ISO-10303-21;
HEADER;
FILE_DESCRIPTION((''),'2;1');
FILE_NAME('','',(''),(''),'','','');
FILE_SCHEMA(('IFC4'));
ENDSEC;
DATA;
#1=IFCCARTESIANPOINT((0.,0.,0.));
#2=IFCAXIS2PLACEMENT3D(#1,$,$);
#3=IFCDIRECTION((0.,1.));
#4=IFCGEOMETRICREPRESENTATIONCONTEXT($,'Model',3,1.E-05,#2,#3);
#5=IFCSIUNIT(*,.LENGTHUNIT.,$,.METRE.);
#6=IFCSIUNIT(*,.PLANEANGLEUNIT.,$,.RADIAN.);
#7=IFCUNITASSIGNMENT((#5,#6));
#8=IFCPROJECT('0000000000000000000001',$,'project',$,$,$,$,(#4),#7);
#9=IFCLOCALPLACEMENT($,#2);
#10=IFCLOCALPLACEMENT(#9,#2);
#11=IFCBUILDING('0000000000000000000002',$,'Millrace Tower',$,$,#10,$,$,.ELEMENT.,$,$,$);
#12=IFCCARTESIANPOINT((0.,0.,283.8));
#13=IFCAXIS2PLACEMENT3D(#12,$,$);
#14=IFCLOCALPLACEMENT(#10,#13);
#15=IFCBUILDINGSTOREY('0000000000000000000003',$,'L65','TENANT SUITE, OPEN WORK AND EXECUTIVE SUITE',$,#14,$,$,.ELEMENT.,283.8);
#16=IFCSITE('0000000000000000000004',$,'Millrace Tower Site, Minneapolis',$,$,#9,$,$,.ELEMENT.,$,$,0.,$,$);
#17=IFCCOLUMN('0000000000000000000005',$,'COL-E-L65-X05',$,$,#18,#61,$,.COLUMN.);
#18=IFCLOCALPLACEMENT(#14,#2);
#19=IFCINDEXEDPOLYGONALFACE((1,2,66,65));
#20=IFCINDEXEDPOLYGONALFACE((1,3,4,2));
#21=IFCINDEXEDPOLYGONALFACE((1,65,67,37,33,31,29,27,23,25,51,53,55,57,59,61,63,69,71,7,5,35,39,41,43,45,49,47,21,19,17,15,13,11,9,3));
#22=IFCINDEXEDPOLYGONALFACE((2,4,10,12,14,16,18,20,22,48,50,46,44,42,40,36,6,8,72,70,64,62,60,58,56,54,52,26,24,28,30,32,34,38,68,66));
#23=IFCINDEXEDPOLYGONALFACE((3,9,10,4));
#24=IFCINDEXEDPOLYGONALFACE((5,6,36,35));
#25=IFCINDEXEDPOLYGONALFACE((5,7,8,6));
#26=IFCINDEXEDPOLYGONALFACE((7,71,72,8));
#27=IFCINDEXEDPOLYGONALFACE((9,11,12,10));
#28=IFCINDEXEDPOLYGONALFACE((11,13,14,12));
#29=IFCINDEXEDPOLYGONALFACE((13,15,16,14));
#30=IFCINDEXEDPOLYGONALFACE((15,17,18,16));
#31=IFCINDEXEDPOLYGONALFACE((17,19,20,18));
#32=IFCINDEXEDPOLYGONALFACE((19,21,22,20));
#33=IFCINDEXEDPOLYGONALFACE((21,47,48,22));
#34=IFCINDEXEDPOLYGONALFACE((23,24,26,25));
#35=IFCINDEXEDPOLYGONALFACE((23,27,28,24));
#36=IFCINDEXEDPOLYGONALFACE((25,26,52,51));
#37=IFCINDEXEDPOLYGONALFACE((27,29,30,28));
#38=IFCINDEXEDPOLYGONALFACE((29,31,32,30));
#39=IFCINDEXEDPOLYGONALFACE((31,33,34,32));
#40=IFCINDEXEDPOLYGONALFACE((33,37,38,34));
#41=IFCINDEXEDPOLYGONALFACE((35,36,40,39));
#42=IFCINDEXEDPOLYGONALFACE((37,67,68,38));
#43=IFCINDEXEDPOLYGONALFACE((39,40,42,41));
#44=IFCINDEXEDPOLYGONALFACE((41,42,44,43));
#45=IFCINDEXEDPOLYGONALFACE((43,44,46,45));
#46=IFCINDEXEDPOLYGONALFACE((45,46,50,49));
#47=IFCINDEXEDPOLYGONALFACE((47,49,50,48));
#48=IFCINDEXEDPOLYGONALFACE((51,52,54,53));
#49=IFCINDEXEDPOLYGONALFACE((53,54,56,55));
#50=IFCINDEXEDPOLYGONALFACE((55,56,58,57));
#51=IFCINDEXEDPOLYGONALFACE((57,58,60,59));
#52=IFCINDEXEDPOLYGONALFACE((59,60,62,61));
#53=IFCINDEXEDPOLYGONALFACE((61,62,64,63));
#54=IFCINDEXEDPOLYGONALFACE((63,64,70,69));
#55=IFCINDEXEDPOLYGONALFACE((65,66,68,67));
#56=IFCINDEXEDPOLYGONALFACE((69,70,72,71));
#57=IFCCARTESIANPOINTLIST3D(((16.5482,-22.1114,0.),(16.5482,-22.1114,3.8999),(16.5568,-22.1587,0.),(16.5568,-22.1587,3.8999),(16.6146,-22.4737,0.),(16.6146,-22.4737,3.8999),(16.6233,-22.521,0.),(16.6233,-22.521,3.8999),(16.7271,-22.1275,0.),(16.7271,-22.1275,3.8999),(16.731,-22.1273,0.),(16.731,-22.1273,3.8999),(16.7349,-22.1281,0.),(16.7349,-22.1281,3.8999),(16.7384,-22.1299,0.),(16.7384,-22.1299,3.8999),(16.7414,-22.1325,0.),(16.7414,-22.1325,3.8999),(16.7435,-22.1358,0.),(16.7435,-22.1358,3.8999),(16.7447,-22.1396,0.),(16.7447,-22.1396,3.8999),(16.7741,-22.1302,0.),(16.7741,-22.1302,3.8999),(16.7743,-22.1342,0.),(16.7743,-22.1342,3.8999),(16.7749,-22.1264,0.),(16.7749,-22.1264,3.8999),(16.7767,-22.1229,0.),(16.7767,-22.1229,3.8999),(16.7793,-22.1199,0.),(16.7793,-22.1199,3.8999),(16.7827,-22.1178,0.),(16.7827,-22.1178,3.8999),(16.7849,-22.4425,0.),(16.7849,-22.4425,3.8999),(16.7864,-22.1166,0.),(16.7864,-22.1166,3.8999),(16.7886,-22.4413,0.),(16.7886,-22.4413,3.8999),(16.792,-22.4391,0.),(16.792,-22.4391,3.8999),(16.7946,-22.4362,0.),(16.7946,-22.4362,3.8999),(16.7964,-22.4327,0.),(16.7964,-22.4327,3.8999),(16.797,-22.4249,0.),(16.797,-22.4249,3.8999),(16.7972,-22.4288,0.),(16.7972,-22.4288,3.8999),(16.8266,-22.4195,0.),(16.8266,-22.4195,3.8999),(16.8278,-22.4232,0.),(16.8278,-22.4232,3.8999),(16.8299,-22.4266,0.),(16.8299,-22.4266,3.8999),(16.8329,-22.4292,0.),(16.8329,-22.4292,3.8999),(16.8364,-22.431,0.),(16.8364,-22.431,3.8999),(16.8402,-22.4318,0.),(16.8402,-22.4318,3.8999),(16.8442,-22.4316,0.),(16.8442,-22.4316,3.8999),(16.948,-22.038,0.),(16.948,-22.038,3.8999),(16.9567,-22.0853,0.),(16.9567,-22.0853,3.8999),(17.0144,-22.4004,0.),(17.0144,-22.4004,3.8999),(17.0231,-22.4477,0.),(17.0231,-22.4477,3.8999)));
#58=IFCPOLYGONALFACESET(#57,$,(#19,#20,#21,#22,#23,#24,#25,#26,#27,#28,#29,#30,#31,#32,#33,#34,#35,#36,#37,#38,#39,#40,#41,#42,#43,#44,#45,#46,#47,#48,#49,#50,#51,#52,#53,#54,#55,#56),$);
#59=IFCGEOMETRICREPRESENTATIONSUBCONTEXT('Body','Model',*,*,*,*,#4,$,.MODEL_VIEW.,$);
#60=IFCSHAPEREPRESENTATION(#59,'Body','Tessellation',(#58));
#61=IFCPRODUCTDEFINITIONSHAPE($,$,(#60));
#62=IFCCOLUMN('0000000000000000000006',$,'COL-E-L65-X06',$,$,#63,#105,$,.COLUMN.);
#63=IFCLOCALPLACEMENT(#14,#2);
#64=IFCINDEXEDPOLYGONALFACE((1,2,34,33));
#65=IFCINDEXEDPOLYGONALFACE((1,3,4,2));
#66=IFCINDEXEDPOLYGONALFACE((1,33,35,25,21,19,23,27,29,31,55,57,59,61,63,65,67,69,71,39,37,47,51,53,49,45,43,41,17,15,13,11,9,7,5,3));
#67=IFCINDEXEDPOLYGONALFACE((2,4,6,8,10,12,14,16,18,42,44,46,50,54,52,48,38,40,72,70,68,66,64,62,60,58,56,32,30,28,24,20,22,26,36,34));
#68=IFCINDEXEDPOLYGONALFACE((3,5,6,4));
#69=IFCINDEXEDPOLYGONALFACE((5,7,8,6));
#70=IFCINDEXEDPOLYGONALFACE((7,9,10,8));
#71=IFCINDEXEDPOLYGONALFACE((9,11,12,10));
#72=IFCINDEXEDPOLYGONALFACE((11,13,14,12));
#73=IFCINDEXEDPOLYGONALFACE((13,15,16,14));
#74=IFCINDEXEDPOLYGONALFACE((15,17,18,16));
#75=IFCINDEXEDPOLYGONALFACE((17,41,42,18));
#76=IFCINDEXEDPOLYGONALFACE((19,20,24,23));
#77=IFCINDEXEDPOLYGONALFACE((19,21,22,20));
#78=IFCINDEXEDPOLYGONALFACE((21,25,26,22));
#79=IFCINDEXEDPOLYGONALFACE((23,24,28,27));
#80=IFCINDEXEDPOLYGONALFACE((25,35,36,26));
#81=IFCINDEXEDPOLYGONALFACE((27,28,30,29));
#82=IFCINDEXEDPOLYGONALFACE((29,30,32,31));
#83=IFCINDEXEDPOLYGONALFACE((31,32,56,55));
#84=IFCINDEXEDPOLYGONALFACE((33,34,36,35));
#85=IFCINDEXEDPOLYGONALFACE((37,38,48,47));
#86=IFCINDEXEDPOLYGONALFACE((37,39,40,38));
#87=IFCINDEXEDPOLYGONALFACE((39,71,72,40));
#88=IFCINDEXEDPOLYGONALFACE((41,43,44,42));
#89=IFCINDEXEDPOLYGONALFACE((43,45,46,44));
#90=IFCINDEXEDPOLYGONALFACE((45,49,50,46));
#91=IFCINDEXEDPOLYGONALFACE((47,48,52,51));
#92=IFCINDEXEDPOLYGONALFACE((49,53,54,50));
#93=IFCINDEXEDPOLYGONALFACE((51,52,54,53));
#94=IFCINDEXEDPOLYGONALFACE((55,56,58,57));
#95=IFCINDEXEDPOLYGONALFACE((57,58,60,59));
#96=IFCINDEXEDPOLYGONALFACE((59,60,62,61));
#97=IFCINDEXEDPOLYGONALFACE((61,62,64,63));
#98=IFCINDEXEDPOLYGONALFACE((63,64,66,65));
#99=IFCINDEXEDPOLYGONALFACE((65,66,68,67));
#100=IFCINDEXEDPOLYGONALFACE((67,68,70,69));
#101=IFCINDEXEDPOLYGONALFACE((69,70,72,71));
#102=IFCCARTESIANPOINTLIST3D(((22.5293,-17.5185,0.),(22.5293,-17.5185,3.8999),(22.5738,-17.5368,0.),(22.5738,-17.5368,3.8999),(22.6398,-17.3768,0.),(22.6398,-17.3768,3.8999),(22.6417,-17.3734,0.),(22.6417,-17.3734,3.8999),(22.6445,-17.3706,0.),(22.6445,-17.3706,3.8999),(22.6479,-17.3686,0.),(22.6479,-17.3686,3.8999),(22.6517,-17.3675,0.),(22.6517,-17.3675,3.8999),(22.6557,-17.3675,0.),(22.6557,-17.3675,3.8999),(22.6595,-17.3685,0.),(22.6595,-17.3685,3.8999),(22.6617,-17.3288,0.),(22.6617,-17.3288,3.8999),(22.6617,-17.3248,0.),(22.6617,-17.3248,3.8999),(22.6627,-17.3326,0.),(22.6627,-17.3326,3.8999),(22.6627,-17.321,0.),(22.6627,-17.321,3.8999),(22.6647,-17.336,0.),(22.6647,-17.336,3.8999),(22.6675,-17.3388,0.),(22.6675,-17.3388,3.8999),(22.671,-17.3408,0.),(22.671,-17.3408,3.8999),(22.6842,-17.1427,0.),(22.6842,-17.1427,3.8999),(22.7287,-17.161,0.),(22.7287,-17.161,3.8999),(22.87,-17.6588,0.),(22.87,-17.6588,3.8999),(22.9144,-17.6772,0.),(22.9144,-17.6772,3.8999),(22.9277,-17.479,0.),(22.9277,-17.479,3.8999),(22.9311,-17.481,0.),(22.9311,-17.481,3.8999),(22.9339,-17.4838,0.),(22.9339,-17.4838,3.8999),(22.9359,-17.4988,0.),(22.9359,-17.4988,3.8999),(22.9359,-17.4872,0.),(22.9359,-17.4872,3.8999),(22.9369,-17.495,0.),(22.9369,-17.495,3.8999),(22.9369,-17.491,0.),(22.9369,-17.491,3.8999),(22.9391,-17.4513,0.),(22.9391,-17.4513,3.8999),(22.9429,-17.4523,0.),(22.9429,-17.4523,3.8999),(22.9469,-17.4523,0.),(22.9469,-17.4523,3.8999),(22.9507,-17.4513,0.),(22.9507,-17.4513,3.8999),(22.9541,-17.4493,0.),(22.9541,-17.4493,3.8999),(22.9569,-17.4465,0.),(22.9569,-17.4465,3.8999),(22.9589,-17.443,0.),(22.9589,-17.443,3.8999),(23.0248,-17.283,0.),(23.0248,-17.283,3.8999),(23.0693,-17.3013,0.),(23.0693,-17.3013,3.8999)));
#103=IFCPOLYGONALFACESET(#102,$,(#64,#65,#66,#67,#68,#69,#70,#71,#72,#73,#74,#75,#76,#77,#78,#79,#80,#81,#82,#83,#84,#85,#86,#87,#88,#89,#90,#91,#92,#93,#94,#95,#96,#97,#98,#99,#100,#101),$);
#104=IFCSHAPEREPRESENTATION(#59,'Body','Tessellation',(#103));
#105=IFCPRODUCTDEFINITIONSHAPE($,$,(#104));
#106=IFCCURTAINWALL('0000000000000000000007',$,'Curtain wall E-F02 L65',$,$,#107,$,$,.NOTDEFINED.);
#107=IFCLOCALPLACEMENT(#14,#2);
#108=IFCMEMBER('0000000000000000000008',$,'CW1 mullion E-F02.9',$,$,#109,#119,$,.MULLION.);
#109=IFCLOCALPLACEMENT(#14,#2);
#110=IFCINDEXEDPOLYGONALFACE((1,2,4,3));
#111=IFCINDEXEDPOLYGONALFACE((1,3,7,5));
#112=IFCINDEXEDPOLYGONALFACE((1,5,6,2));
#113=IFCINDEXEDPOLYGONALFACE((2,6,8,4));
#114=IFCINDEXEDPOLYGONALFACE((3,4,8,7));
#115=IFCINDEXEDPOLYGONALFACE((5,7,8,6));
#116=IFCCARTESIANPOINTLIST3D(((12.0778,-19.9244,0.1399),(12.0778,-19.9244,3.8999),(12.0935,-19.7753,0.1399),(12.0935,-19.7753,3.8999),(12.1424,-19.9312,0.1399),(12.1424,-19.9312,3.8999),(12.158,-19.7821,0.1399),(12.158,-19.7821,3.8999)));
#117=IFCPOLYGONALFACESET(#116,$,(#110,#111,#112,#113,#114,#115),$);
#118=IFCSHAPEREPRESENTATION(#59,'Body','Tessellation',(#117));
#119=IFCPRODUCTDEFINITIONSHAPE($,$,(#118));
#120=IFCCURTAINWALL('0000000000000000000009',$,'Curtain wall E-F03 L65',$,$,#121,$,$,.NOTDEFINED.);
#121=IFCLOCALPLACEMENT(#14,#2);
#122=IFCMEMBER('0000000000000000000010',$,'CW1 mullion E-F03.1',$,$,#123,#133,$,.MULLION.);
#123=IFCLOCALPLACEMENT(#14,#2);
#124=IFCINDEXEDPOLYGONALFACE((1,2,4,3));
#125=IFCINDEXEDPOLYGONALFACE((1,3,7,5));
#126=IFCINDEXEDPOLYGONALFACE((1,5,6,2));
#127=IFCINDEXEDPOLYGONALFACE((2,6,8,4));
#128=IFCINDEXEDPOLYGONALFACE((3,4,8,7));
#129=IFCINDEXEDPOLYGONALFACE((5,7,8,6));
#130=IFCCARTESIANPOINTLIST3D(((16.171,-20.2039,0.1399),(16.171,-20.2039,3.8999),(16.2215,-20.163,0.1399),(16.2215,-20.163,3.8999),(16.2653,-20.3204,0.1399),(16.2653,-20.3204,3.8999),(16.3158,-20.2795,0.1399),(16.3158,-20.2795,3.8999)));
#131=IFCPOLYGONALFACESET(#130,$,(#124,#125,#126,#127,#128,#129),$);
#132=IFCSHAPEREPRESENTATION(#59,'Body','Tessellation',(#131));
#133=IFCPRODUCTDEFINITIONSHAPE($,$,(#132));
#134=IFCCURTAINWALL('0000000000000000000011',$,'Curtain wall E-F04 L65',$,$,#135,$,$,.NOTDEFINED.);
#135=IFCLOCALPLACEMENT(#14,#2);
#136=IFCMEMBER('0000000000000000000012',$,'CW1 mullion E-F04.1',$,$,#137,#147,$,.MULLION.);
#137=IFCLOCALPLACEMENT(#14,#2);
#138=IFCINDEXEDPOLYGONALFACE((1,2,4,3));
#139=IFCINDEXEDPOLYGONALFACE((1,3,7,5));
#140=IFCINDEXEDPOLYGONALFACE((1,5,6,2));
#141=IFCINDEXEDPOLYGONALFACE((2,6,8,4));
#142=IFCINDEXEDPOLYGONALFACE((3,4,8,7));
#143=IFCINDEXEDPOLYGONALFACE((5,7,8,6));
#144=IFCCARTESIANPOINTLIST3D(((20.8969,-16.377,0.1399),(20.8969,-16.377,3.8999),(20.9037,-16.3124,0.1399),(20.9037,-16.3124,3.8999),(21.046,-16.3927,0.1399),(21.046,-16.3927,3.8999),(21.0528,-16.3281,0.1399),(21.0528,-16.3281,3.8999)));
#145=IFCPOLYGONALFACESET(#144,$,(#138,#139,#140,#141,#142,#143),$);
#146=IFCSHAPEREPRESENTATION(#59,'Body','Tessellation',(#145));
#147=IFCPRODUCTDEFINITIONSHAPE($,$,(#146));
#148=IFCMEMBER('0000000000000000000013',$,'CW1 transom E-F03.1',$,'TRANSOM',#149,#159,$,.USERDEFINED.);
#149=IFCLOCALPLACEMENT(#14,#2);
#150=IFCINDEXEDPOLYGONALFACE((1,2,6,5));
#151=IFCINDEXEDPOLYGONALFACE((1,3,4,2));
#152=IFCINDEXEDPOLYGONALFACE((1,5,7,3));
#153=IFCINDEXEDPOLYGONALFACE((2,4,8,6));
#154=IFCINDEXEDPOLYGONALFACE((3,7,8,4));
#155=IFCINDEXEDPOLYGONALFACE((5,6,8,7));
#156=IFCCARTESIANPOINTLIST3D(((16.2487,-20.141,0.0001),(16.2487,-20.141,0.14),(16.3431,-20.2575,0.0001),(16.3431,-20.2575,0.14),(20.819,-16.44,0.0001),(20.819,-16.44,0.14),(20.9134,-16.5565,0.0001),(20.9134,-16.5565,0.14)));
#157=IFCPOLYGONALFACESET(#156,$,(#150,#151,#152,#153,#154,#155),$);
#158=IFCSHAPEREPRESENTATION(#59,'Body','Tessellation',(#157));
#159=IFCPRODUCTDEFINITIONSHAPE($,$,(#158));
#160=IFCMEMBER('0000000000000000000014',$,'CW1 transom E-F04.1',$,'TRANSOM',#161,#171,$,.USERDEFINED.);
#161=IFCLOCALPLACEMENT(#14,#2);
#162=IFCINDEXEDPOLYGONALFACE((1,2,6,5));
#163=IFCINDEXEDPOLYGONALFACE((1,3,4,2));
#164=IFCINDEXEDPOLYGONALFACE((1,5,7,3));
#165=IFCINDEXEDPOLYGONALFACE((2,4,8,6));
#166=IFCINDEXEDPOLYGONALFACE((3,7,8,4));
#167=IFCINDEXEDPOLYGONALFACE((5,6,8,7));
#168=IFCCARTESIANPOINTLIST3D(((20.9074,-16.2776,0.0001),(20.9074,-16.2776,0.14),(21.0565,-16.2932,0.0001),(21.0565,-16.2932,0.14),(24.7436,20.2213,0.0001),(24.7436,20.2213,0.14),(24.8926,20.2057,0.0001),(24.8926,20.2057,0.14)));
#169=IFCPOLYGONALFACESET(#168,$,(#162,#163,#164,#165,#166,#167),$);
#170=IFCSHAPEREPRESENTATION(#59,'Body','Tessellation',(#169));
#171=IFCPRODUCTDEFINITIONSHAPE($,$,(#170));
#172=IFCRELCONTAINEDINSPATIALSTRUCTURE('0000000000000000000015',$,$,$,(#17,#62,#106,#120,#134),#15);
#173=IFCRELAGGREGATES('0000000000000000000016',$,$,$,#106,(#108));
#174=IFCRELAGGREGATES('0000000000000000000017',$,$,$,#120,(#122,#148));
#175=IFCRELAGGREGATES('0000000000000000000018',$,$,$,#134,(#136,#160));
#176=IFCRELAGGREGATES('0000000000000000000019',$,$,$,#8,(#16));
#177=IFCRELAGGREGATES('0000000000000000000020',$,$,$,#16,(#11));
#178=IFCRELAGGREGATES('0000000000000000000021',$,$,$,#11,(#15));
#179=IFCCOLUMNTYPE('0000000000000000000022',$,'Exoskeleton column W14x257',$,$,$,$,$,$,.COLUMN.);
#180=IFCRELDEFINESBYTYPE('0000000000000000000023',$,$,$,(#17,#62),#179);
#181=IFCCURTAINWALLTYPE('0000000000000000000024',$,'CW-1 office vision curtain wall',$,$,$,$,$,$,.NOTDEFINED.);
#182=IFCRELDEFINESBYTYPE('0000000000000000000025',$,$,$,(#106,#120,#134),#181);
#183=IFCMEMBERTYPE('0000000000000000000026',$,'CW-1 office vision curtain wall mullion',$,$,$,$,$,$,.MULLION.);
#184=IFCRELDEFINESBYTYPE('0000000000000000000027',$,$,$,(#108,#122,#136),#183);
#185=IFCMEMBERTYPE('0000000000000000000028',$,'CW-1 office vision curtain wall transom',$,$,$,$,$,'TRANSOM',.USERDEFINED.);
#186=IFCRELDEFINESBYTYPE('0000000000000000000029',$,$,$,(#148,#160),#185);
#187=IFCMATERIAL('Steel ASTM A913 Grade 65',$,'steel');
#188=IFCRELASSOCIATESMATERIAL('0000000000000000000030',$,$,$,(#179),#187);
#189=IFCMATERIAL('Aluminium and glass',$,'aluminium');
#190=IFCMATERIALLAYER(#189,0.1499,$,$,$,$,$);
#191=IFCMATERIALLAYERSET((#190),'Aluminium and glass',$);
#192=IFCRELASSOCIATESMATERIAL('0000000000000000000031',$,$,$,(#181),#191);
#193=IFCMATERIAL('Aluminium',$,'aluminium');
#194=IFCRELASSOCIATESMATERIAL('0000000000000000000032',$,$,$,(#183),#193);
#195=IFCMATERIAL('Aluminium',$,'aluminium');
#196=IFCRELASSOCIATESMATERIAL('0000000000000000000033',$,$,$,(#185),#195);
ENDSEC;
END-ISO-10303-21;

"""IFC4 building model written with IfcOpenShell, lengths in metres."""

from ifc_helpers import new_model, si_unit, direction, frame, origin, origin_2d, place, context, subcontext, project, spatial, rectangle, i_section, extrude, material, layer, layer_set, material_profile, profile_set, type_object, element, aggregate, save


model = new_model("IFC4")

# Units and contexts
model_context = context("Model", 3, precision=1e-05, world=origin(), true_north=direction((0.0, 1.0)))
body_context = subcontext(model_context, "Body", "Model", "MODEL_VIEW")
ifc_project = project(units=[si_unit("LENGTHUNIT", "METRE"), si_unit("PLANEANGLEUNIT", "RADIAN")], contexts=[model_context])

# Site, building, storey
site_placement = place(None, origin())
site = spatial("IfcSite", under=ifc_project, at=site_placement, Name="Millrace Tower Site, Minneapolis", CompositionType="ELEMENT", RefElevation=0.0)
building_placement = place(site_placement, origin())
building = spatial("IfcBuilding", under=site, at=building_placement, Name="Millrace Tower", CompositionType="ELEMENT")
storey_placement = place(building_placement, frame((0.0, 0.0, 283.8)))
storey = spatial("IfcBuildingStorey", under=building, at=storey_placement, Name="L65", Description="TENANT SUITE, OPEN WORK AND EXECUTIVE SUITE", CompositionType="ELEMENT", Elevation=283.8)

# Columns
ifc_material_1 = material(Name="Steel ASTM A913 Grade 65", Category="steel")
ifc_material_profile_1 = material_profile(ifc_material_1, i_section(OverallWidth=0.4065, OverallDepth=0.4165, WebThickness=0.03, FlangeThickness=0.0481, FilletRadius=0.0151, at=origin_2d()))
ifc_profile_set_1 = profile_set([ifc_material_profile_1], Name="Steel ASTM A913 Grade 65")
column_type = type_object("IfcColumnType", Name="Exoskeleton column W14x257", PredefinedType="COLUMN", material=ifc_profile_set_1)
for number, where, z_axis, x_axis, name in (
    (1, (16.7856, -22.2795, 0.0), (0.0, 0.0, 1.0), (0.983596, 0.180387, 0.0), "COL-E-L65-X05"),
    (2, (22.7993, -17.4099, 0.0), (0.0, 0.0, 1.0), (0.380947, 0.924597, 0.0), "COL-E-L65-X06"),
):
    element("IfcColumn", number, at=place(storey_placement, frame(where, z_axis=z_axis, x_axis=x_axis)), inside=storey, type_object=column_type, Name=name, PredefinedType="COLUMN", context=body_context, shape_type="SweptSolid", body=[
        extrude(i_section(OverallWidth=0.4065, OverallDepth=0.4165, WebThickness=0.03, FlangeThickness=0.0481, FilletRadius=0.0151, at=origin_2d()), origin(), (0.0, 0.0, 1.0), 3.8999),
    ])

# Curtain walls, members
ifc_material_2 = material(Name="Aluminium and glass", Category="aluminium")
ifc_layer_1 = layer(ifc_material_2, 0.1499)
ifc_layer_set_1 = layer_set([ifc_layer_1], Name="Aluminium and glass")
curtain_wall_type = type_object("IfcCurtainWallType", Name="CW-1 office vision curtain wall", PredefinedType="NOTDEFINED", material=ifc_layer_set_1)
placement = place(storey_placement, origin())
curtain_wall_1 = element("IfcCurtainWall", 3, at=placement, inside=storey, type_object=curtain_wall_type, Name="Curtain wall E-F02 L65", PredefinedType="NOTDEFINED")
ifc_material_3 = material(Name="Aluminium", Category="aluminium")
ifc_material_profile_2 = material_profile(ifc_material_3, rectangle(XDim=0.0649, YDim=0.1499, at=origin_2d()))
ifc_profile_set_2 = profile_set([ifc_material_profile_2], Name="Aluminium")
member_type_1 = type_object("IfcMemberType", Name="CW-1 office vision curtain wall mullion", PredefinedType="MULLION", material=ifc_profile_set_2)
member_1_placement = place(storey_placement, frame((12.1179, -19.8533, 0.1399), z_axis=(0.0, 0.0, 1.0), x_axis=(0.994522, -0.104528, 0.0)))
member_1 = element("IfcMember", 4, at=member_1_placement, type_object=member_type_1, Name="CW1 mullion E-F02.9", PredefinedType="MULLION", context=body_context, shape_type="SweptSolid", body=[
    extrude(rectangle(XDim=0.0649, YDim=0.1499, at=origin_2d()), origin(), (0.0, 0.0, 1.0), 3.76),
])
aggregate(curtain_wall_1, [member_1])
curtain_wall_2 = element("IfcCurtainWall", 5, at=placement, inside=storey, type_object=curtain_wall_type, Name="Curtain wall E-F03 L65", PredefinedType="NOTDEFINED")
member_2_placement = place(storey_placement, frame((16.2434, -20.2417, 0.1399), z_axis=(0.0, 0.0, 1.0), x_axis=(0.777146, 0.62932, 0.0)))
member_2 = element("IfcMember", 6, at=member_2_placement, type_object=member_type_1, Name="CW1 mullion E-F03.1", PredefinedType="MULLION", context=body_context, shape_type="SweptSolid", body=[
    extrude(rectangle(XDim=0.0649, YDim=0.1499, at=origin_2d()), origin(), (0.0, 0.0, 1.0), 3.76),
])
curtain_wall_3 = element("IfcCurtainWall", 7, at=placement, inside=storey, type_object=curtain_wall_type, Name="Curtain wall E-F04 L65", PredefinedType="NOTDEFINED")
member_3_placement = place(storey_placement, frame((20.9749, -16.3525, 0.1399), z_axis=(0.0, 0.0, 1.0), x_axis=(0.104528, 0.994522, 0.0)))
member_3 = element("IfcMember", 8, at=member_3_placement, type_object=member_type_1, Name="CW1 mullion E-F04.1", PredefinedType="MULLION", context=body_context, shape_type="SweptSolid", body=[
    extrude(rectangle(XDim=0.0649, YDim=0.1499, at=origin_2d()), origin(), (0.0, 0.0, 1.0), 3.76),
])

# Members
ifc_material_4 = material(Name="Aluminium", Category="aluminium")
ifc_material_profile_3 = material_profile(ifc_material_4, rectangle(XDim=0.1499, YDim=0.1399, at=origin_2d()))
ifc_profile_set_3 = profile_set([ifc_material_profile_3], Name="Aluminium")
member_type_2 = type_object("IfcMemberType", Name="CW-1 office vision curtain wall transom", ElementType="TRANSOM", PredefinedType="USERDEFINED", material=ifc_profile_set_3)
member_4_placement = place(storey_placement, frame((16.2959, -20.1992, 0.0701), z_axis=(0.777149, 0.629316, 0.0), x_axis=(-0.629316, 0.777149, 0.0)))
member_4 = element("IfcMember", 9, at=member_4_placement, type_object=member_type_2, Name="CW1 transom E-F03.1", ObjectType="TRANSOM", PredefinedType="USERDEFINED", context=body_context, shape_type="SweptSolid", body=[
    extrude(rectangle(XDim=0.1499, YDim=0.1399, at=origin_2d()), origin(), (0.0, 0.0, 1.0), 5.8809),
])
aggregate(curtain_wall_2, [member_2, member_4])
member_5_placement = place(storey_placement, frame((20.9819, -16.2854, 0.0701), z_axis=(0.104528, 0.994522, 0.0), x_axis=(-0.994522, 0.104528, 0.0)))
member_5 = element("IfcMember", 10, at=member_5_placement, type_object=member_type_2, Name="CW1 transom E-F04.1", ObjectType="TRANSOM", PredefinedType="USERDEFINED", context=body_context, shape_type="SweptSolid", body=[
    extrude(rectangle(XDim=0.1499, YDim=0.1399, at=origin_2d()), origin(), (0.0, 0.0, 1.0), 36.7),
])
aggregate(curtain_wall_3, [member_3, member_5])

save(model, "model.ifc")
